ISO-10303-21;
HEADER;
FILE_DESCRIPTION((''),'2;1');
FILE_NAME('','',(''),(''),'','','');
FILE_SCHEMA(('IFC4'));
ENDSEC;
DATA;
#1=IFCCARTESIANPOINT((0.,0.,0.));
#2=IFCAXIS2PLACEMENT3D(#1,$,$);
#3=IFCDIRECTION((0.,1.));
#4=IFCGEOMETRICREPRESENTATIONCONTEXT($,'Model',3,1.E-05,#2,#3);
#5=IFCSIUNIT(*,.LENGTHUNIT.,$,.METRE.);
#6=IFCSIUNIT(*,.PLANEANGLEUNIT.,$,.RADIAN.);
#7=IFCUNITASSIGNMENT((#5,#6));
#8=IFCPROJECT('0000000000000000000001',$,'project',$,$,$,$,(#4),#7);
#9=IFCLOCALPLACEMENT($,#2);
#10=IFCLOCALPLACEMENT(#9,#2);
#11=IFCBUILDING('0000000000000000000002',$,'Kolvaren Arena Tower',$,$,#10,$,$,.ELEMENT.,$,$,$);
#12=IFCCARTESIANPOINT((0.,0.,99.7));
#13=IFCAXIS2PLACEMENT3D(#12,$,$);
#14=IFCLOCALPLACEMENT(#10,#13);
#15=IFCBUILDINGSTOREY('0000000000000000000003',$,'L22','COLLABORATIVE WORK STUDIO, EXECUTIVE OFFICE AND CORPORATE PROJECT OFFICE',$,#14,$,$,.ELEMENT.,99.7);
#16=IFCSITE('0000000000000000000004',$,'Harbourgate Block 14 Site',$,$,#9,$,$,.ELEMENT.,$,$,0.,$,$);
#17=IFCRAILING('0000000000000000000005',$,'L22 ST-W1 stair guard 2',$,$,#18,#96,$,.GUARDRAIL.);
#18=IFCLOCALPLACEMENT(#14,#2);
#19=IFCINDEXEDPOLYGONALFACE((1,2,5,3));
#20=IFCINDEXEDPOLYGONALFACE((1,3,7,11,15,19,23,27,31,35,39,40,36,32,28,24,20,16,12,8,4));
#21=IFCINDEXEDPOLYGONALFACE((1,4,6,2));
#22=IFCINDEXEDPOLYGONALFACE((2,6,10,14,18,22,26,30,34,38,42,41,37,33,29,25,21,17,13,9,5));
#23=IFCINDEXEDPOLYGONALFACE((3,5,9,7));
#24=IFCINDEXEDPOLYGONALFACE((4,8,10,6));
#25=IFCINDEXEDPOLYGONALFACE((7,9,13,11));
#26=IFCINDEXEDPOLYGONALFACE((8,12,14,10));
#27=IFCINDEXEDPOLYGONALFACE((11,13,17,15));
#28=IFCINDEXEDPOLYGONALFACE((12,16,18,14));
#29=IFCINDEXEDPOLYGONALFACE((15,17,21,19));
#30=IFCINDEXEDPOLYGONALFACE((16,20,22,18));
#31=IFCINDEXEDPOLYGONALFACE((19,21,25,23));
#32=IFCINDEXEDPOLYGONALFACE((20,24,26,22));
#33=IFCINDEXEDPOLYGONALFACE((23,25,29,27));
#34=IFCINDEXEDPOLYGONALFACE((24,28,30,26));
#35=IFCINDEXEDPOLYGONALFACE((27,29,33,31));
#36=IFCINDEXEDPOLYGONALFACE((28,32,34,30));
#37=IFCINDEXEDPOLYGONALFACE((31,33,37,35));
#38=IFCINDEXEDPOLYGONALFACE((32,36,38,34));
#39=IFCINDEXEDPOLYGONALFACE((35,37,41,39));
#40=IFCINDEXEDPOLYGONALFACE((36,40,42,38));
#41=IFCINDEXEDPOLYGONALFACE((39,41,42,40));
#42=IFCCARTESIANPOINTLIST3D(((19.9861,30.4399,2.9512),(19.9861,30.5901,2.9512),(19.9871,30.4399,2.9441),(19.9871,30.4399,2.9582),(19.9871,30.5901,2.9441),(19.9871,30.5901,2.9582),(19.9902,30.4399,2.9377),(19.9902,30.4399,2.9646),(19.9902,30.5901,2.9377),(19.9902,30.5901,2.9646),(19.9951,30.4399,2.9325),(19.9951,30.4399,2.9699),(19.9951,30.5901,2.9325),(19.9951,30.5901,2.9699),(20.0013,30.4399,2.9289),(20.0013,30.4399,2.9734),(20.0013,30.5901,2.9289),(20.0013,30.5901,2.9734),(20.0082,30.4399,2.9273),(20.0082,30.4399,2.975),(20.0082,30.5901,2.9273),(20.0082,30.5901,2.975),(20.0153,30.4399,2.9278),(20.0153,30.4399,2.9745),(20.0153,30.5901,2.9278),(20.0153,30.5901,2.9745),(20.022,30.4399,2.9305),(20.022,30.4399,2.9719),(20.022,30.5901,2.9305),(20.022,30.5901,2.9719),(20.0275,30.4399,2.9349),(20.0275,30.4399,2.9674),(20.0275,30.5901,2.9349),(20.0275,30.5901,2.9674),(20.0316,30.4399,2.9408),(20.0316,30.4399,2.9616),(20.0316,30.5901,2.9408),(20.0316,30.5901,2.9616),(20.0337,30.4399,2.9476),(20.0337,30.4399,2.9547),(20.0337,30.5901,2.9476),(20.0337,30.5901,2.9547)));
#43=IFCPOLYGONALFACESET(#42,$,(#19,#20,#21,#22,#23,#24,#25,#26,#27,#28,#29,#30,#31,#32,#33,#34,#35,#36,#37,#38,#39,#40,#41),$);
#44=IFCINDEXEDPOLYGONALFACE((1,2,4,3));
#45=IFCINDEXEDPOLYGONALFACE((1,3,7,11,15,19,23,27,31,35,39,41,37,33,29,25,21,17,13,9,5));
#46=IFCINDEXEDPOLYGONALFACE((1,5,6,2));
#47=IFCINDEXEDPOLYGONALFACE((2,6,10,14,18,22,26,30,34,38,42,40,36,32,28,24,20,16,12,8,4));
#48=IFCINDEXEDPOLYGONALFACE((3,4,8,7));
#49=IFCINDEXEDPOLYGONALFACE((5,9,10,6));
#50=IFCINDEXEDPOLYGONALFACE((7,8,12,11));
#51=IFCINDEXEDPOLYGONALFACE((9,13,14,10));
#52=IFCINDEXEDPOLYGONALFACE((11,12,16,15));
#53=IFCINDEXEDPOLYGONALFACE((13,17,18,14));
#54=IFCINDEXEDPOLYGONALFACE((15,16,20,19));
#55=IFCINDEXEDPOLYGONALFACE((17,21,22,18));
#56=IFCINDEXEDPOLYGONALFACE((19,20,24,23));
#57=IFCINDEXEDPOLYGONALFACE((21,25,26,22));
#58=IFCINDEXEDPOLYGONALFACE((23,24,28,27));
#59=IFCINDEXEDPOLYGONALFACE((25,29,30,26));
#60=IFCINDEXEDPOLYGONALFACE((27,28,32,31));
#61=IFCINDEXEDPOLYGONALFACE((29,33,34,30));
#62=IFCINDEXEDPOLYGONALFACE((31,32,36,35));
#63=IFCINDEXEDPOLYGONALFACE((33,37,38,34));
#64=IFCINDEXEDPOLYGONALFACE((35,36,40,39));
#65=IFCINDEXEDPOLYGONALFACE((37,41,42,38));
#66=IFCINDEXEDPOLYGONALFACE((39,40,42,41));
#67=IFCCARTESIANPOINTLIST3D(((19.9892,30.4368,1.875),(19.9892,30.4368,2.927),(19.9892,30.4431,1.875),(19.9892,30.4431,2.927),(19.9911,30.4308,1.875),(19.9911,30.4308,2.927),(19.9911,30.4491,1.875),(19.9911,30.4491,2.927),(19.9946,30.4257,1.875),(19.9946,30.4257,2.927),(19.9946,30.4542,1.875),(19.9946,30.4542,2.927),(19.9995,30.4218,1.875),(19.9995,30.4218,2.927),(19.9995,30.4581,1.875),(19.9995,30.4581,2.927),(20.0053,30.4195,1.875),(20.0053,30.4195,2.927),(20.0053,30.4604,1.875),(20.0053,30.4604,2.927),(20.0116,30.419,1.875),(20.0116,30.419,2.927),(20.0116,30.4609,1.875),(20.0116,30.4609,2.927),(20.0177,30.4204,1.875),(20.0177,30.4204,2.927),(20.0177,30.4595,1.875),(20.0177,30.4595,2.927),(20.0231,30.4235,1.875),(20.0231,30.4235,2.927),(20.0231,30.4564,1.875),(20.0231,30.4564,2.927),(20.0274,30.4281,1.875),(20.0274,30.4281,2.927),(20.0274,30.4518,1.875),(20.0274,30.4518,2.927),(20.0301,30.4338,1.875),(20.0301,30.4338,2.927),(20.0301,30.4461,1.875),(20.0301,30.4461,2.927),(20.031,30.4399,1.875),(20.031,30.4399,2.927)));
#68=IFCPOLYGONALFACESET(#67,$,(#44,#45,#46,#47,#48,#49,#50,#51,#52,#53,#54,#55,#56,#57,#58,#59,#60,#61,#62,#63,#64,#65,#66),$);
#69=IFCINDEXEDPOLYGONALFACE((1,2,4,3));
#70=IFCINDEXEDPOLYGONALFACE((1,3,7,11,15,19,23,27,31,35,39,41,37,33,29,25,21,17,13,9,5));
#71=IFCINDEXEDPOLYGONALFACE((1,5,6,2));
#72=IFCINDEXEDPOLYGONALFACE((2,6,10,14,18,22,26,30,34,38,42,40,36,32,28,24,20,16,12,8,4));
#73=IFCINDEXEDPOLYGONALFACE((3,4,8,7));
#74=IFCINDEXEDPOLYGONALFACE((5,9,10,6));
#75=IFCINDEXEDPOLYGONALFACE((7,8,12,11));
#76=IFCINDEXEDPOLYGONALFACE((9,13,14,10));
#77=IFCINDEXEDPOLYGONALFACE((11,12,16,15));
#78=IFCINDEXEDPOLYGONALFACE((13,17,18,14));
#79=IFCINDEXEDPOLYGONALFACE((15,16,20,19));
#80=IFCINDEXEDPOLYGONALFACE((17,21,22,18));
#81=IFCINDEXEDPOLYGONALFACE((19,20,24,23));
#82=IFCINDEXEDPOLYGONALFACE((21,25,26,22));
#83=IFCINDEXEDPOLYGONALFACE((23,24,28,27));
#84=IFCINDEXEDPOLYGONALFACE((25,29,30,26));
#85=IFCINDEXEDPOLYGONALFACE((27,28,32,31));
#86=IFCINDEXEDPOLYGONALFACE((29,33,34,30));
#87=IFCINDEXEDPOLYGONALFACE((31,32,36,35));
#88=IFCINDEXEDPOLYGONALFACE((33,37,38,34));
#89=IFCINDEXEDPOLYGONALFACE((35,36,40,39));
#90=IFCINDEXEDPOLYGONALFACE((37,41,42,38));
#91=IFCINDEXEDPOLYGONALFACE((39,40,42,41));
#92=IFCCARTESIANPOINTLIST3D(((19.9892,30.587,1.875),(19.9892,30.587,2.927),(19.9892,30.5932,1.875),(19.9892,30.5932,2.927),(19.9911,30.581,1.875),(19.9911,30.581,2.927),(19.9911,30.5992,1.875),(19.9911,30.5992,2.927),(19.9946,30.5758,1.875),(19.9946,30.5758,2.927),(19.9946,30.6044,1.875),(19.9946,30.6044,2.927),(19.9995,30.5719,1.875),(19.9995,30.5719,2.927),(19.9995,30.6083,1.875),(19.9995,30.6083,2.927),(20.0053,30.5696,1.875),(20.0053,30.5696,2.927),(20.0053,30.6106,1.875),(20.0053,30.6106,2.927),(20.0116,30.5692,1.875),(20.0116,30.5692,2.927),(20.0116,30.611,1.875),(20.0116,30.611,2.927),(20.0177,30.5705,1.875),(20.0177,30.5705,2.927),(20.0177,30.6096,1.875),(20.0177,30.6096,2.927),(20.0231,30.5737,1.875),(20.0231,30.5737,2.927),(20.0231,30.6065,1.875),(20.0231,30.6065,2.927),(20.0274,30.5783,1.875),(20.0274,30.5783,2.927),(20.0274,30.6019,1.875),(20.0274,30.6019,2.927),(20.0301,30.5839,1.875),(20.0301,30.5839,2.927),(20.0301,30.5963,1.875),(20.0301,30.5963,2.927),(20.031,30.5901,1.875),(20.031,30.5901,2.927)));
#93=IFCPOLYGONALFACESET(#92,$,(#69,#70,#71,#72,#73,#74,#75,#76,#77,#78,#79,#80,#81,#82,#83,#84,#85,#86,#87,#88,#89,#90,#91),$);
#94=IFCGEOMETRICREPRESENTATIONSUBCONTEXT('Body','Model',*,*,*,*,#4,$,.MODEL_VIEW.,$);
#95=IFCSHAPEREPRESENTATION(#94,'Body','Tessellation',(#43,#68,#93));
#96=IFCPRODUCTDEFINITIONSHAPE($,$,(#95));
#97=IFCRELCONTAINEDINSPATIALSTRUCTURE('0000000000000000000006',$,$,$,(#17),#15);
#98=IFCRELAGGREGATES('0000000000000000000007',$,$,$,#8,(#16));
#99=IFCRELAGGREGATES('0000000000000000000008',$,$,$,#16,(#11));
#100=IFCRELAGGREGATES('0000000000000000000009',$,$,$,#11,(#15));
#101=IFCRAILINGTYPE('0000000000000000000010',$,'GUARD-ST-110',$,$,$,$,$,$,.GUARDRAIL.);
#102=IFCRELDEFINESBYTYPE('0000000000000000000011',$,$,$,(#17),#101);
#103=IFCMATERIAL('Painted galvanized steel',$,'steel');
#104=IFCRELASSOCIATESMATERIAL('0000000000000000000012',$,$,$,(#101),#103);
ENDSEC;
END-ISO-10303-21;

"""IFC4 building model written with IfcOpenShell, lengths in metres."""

from ifc_helpers import new_model, si_unit, direction, frame, origin, origin_2d, place, context, subcontext, project, spatial, circle, extrude, material, type_object, element, save


model = new_model("IFC4")

# Units and contexts
model_context = context("Model", 3, precision=1e-05, world=origin(), true_north=direction((0.0, 1.0)))
body_context = subcontext(model_context, "Body", "Model", "MODEL_VIEW")
ifc_project = project(units=[si_unit("LENGTHUNIT", "METRE"), si_unit("PLANEANGLEUNIT", "RADIAN")], contexts=[model_context])

# Site, building, storey
site_placement = place(None, origin())
site = spatial("IfcSite", under=ifc_project, at=site_placement, Name="Harbourgate Block 14 Site", CompositionType="ELEMENT", RefElevation=0.0)
building_placement = place(site_placement, origin())
building = spatial("IfcBuilding", under=site, at=building_placement, Name="Kolvaren Arena Tower", CompositionType="ELEMENT")
storey_placement = place(building_placement, frame((0.0, 0.0, 99.7)))
storey = spatial("IfcBuildingStorey", under=building, at=storey_placement, Name="L22", Description="COLLABORATIVE WORK STUDIO, EXECUTIVE OFFICE AND CORPORATE PROJECT OFFICE", CompositionType="ELEMENT", Elevation=99.7)

# Railing
ifc_material_1 = material(Name="Painted galvanized steel", Category="steel")
railing_type_1 = type_object("IfcRailingType", Name="GUARD-ST-110", PredefinedType="GUARDRAIL", material=ifc_material_1)
railing_1_placement = place(storey_placement, frame((20.01, 30.4399, 1.875)))
element("IfcRailing", 1, at=railing_1_placement, inside=storey, type_object=railing_type_1, Name="L22 ST-W1 stair guard 2", PredefinedType="GUARDRAIL", context=body_context, shape_type="SweptSolid", body=[
    extrude(circle(Radius=0.0239, at=origin_2d()), frame((0.0, 0.0, 1.0762), z_axis=(0.0, 1.0, 0.0), x_axis=(-1.0, 0.0, 0.0)), (0.0, 0.0, 1.0), 0.1501),
    extrude(circle(Radius=0.021, at=origin_2d()), origin(), (0.0, 0.0, 1.0), 1.052),
    extrude(circle(Radius=0.021, at=origin_2d()), frame((0.0, 0.1501, 0.0)), (0.0, 0.0, 1.0), 1.052),
])

save(model, "model.ifc")
